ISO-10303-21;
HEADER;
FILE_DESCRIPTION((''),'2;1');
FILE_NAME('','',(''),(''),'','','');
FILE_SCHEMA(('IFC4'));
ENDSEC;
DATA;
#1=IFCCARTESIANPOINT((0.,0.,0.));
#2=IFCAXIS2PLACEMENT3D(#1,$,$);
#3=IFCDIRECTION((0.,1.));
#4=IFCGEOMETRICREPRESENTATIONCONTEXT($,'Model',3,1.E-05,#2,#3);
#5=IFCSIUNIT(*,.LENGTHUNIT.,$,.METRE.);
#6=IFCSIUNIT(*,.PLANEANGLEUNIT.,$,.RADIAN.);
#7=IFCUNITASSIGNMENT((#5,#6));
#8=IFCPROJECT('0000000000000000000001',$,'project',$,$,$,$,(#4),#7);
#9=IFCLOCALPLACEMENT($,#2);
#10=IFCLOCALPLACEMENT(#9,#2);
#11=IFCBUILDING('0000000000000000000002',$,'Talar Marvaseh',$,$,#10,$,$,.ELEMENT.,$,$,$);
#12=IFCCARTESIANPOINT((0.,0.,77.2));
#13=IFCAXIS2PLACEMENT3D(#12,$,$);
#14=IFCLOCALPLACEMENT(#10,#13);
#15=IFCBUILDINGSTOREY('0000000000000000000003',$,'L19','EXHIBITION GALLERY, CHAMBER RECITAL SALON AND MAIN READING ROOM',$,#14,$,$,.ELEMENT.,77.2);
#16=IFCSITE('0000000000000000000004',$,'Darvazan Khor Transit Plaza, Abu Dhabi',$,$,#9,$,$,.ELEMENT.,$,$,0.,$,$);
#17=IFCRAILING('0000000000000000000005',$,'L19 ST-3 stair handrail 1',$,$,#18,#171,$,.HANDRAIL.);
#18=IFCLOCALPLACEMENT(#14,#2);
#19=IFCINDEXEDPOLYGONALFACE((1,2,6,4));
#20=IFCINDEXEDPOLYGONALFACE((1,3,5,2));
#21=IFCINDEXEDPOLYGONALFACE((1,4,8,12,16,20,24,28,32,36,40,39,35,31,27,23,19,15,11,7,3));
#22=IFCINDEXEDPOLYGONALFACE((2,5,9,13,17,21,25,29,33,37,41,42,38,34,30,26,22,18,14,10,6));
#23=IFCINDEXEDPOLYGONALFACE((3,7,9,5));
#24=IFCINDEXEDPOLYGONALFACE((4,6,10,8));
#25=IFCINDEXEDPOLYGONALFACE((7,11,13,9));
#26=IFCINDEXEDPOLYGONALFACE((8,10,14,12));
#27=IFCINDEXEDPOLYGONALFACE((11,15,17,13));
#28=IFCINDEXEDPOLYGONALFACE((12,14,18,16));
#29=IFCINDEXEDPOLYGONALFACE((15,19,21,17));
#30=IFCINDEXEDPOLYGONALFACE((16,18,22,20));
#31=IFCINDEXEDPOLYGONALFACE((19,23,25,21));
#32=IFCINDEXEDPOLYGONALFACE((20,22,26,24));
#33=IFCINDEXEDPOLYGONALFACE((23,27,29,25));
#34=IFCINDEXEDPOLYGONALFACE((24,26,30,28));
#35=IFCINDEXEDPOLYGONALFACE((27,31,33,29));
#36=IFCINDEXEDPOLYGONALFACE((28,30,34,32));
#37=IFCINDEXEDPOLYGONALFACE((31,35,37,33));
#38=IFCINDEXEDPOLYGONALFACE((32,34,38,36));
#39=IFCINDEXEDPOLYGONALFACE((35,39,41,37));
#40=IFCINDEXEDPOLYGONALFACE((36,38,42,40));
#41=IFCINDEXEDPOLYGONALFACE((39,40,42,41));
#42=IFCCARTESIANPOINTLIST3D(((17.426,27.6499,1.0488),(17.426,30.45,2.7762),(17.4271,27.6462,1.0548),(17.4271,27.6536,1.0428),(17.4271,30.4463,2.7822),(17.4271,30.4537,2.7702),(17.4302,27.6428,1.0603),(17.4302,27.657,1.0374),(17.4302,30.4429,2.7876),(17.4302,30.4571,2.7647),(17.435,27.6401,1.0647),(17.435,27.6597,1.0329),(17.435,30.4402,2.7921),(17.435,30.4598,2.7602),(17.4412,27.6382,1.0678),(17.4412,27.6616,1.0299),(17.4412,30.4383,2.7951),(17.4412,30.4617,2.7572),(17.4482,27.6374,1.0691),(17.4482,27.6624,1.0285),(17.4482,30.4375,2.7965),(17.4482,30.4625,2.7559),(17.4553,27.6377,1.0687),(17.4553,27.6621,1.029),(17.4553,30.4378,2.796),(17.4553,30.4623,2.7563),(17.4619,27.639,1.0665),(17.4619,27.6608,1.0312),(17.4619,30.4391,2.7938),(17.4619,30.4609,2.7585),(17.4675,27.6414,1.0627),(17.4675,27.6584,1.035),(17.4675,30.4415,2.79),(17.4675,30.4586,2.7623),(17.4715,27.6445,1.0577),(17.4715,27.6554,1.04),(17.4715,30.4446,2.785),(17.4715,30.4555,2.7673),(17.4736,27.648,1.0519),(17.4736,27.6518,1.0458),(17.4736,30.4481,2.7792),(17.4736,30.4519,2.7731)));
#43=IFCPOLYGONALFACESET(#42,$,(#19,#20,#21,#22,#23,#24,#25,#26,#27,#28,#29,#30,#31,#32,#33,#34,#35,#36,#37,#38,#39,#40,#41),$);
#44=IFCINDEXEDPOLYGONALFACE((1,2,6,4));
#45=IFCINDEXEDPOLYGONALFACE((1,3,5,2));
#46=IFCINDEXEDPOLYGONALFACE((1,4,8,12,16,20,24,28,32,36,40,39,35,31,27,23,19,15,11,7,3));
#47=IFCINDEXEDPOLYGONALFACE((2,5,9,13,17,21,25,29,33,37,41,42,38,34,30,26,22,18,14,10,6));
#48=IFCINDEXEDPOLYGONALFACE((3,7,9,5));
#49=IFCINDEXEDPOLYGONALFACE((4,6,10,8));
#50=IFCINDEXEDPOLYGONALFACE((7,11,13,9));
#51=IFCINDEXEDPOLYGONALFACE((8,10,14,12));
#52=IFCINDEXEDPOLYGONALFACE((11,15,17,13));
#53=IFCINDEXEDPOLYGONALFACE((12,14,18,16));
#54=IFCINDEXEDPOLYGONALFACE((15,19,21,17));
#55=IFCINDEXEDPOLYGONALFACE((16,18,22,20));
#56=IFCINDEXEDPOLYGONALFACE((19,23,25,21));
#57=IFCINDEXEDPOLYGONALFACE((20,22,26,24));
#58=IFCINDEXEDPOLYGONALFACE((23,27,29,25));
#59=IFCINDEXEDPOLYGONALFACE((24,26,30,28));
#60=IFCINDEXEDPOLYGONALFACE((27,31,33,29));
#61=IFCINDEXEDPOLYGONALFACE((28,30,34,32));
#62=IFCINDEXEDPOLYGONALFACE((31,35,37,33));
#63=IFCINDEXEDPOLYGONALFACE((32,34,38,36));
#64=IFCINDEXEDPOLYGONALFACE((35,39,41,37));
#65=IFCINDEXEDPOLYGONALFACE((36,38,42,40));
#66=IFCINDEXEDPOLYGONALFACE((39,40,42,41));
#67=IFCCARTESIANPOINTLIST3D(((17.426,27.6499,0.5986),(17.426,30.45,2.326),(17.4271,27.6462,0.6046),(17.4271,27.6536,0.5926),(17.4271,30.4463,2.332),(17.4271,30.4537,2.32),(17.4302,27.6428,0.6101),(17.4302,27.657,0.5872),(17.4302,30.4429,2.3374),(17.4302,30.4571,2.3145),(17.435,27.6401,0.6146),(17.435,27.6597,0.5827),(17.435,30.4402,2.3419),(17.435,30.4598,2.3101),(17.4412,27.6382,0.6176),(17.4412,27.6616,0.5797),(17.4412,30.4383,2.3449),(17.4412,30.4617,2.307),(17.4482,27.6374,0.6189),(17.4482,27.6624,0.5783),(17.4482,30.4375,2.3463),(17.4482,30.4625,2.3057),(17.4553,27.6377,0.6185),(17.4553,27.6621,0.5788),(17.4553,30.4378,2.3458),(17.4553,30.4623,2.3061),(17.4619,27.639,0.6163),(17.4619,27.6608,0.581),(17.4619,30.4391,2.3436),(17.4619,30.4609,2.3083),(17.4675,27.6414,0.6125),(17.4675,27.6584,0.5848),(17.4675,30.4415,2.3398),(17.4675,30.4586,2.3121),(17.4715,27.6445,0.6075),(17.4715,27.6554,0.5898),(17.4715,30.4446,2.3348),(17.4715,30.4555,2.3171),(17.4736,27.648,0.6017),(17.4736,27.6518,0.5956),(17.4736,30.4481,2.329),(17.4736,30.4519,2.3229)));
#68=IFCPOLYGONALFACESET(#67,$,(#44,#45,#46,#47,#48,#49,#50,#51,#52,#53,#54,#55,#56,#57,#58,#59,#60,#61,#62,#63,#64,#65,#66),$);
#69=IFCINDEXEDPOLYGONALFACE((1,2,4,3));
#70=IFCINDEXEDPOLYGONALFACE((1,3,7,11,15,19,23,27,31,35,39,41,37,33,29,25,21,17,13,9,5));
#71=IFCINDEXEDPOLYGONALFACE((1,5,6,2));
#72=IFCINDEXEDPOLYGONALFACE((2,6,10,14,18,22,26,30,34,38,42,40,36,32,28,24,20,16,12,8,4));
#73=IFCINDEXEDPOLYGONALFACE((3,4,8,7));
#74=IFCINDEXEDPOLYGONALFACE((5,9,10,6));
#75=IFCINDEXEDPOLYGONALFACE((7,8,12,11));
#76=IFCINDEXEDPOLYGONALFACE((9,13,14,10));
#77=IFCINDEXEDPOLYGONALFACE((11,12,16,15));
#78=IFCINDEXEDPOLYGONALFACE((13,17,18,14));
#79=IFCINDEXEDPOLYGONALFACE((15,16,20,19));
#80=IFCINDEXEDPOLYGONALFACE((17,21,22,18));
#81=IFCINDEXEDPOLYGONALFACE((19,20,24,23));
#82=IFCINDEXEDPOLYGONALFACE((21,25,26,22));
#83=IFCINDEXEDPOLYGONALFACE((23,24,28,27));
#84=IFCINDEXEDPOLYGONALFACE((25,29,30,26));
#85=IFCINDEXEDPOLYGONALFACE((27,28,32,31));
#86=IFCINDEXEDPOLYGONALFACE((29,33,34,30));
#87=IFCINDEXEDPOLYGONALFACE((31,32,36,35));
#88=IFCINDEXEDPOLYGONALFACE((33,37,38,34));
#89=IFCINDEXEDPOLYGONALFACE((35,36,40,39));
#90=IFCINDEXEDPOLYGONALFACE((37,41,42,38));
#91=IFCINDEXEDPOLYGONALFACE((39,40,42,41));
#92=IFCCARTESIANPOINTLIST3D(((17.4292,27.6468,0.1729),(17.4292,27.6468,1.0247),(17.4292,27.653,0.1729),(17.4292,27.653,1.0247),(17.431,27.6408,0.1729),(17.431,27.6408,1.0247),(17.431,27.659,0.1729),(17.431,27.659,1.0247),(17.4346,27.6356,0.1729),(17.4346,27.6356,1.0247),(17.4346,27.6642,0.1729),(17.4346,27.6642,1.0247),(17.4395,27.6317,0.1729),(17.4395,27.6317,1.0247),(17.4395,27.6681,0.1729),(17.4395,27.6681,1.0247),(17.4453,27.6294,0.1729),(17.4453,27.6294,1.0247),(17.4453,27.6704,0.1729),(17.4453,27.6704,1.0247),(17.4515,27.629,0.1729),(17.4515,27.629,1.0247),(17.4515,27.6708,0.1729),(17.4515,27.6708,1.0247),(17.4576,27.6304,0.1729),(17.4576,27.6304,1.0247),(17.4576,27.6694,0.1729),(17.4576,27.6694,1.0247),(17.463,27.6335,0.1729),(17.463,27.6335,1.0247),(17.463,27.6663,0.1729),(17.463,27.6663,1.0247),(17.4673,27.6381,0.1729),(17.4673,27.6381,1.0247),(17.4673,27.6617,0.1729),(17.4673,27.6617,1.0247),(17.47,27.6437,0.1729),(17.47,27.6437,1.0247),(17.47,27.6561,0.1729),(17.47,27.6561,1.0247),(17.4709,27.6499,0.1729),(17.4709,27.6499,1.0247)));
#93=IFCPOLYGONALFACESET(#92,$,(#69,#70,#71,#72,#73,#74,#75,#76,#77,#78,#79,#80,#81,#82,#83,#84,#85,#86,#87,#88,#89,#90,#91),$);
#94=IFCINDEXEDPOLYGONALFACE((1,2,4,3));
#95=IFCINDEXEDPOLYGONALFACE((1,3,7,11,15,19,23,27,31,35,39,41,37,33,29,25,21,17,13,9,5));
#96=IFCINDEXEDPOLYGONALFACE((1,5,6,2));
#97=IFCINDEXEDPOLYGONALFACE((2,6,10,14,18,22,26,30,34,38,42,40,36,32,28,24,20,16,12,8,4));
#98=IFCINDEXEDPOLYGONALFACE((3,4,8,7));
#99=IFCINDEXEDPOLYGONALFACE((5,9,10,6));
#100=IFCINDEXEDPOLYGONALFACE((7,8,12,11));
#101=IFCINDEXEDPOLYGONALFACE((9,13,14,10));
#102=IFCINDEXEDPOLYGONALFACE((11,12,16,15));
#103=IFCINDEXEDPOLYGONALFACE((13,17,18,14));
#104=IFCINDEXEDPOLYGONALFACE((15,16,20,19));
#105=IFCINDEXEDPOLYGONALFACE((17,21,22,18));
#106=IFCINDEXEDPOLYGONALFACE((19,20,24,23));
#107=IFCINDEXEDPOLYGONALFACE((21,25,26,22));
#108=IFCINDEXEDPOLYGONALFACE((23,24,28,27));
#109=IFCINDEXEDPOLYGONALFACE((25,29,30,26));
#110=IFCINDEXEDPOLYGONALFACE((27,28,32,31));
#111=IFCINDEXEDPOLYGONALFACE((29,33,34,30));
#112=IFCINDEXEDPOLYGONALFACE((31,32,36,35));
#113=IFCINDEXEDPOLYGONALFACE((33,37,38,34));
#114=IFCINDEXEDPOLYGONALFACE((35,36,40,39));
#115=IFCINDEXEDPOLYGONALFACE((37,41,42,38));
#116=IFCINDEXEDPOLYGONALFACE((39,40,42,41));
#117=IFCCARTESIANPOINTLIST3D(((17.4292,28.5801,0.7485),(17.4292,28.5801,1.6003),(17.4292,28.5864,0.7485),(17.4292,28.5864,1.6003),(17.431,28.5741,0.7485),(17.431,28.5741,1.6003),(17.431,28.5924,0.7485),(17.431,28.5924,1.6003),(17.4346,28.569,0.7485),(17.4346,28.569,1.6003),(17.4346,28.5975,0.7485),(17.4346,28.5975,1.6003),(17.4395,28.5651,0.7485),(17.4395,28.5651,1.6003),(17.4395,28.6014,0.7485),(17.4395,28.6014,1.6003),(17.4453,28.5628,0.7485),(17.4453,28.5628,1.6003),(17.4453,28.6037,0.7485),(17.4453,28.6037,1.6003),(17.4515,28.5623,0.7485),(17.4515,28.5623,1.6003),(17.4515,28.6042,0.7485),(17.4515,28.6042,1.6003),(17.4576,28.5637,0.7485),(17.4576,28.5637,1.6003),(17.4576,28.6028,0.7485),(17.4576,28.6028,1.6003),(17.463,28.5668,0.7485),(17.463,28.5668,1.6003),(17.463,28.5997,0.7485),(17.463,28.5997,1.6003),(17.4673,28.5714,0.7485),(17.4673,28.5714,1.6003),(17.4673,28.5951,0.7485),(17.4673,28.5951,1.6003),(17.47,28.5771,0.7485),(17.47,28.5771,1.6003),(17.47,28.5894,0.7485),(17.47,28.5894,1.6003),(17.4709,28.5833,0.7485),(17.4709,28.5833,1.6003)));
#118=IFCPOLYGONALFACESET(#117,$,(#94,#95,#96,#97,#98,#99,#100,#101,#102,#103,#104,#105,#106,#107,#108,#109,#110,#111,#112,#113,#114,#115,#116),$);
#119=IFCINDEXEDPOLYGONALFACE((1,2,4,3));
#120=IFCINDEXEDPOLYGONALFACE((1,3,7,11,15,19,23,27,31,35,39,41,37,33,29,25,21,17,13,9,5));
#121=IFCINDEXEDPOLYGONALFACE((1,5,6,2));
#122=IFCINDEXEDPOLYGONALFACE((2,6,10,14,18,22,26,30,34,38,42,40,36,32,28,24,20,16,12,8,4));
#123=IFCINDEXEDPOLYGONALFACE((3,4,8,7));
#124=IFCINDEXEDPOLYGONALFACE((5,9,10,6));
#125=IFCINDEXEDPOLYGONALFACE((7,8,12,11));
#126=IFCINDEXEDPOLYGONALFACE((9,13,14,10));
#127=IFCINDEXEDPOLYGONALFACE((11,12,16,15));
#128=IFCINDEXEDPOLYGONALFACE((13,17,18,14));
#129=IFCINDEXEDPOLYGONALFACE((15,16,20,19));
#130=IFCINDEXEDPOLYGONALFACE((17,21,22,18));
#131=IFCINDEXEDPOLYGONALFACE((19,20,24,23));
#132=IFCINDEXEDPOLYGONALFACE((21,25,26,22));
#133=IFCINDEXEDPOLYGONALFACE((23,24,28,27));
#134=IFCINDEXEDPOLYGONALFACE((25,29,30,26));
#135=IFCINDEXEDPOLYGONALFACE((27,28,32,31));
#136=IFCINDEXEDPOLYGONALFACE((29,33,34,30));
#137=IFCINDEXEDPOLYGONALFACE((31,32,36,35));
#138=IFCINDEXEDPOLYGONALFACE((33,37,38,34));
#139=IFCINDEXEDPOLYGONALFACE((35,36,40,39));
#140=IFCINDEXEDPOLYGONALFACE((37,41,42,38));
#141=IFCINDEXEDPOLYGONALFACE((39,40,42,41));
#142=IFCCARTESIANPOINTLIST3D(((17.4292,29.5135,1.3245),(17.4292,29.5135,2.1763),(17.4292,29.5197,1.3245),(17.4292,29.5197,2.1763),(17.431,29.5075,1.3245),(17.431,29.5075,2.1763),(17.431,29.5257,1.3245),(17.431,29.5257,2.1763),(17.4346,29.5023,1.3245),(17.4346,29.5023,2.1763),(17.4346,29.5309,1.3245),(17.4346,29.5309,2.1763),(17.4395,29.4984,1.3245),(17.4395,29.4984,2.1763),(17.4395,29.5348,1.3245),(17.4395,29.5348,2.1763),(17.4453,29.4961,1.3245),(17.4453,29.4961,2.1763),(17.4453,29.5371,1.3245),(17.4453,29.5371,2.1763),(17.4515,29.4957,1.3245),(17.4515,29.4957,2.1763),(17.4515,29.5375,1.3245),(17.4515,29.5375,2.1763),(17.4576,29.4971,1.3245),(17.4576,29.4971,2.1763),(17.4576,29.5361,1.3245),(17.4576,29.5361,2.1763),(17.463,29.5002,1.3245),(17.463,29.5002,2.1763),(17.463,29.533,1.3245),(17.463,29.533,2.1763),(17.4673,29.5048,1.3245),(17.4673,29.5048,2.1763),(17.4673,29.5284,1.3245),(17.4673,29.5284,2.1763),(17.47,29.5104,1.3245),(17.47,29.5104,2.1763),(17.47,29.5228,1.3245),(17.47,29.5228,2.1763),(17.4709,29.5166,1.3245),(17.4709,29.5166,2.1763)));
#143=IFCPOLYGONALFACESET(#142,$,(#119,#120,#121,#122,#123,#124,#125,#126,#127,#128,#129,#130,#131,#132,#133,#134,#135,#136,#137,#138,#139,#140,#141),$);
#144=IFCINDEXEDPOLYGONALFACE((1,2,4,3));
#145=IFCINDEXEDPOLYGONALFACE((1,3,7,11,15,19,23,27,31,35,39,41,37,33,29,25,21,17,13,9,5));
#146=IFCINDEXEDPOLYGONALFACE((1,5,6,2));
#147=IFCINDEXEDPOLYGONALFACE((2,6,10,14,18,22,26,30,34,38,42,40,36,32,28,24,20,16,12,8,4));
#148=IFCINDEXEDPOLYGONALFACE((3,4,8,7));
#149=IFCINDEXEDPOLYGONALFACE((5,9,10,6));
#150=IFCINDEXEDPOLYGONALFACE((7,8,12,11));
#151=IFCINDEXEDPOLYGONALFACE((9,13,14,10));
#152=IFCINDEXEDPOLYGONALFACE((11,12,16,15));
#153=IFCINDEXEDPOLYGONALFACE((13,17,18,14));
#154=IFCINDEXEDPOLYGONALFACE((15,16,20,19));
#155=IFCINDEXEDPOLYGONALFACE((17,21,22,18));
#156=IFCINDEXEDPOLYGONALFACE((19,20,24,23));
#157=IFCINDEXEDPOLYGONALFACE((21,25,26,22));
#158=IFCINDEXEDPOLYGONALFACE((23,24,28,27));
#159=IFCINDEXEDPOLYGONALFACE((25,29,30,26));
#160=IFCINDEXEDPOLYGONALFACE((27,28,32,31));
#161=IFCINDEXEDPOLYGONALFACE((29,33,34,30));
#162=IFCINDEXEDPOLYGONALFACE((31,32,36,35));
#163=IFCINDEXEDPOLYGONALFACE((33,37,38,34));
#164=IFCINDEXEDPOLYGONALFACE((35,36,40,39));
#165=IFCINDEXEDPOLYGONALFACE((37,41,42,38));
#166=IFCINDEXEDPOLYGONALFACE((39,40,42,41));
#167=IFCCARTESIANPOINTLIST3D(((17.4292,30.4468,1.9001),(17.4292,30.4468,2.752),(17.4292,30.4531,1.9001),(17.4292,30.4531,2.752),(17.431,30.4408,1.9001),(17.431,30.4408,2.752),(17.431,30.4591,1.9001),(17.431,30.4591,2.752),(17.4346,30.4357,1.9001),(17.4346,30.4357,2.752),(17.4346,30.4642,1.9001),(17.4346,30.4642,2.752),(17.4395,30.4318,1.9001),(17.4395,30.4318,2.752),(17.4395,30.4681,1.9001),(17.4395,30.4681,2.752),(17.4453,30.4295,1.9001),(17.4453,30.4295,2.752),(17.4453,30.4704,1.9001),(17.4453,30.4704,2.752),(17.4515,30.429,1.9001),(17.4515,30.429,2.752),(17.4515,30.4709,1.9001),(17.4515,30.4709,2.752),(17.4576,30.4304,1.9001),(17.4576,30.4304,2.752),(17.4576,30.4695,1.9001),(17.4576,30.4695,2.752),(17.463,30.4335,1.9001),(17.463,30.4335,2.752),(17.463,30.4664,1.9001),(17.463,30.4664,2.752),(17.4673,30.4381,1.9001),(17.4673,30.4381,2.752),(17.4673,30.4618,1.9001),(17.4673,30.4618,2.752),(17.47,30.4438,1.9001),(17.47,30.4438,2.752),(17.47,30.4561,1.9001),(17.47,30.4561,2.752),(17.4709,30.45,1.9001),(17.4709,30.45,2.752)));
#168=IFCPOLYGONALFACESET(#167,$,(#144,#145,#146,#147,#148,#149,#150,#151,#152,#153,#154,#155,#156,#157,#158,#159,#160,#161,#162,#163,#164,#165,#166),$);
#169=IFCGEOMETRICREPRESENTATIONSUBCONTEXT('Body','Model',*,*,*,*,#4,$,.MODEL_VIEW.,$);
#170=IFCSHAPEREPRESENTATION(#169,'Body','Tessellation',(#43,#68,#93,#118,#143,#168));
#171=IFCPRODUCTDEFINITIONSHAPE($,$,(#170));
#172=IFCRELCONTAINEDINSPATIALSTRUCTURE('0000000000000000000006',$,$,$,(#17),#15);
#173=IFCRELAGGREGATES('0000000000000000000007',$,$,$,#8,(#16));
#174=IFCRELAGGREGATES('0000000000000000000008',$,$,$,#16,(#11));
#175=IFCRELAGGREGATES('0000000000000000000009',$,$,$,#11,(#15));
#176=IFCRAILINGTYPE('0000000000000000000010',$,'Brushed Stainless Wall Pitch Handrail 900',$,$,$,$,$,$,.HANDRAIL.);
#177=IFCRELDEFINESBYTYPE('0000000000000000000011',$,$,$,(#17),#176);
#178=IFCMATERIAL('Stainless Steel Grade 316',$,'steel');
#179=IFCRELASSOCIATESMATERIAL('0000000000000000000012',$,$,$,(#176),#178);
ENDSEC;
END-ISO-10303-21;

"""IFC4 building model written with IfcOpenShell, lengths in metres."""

from ifc_helpers import new_model, si_unit, direction, frame, origin, origin_2d, place, context, subcontext, project, spatial, circle, extrude, material, type_object, element, save


model = new_model("IFC4")

# Units and contexts
model_context = context("Model", 3, precision=1e-05, world=origin(), true_north=direction((0.0, 1.0)))
body_context = subcontext(model_context, "Body", "Model", "MODEL_VIEW")
ifc_project = project(units=[si_unit("LENGTHUNIT", "METRE"), si_unit("PLANEANGLEUNIT", "RADIAN")], contexts=[model_context])

# Site, building, storey
site_placement = place(None, origin())
site = spatial("IfcSite", under=ifc_project, at=site_placement, Name="Darvazan Khor Transit Plaza, Abu Dhabi", CompositionType="ELEMENT", RefElevation=0.0)
building_placement = place(site_placement, origin())
building = spatial("IfcBuilding", under=site, at=building_placement, Name="Talar Marvaseh", CompositionType="ELEMENT")
storey_placement = place(building_placement, frame((0.0, 0.0, 77.2)))
storey = spatial("IfcBuildingStorey", under=building, at=storey_placement, Name="L19", Description="EXHIBITION GALLERY, CHAMBER RECITAL SALON AND MAIN READING ROOM", CompositionType="ELEMENT", Elevation=77.2)

# Railing
ifc_material_1 = material(Name="Stainless Steel Grade 316", Category="steel")
railing_type_1 = type_object("IfcRailingType", Name="Brushed Stainless Wall Pitch Handrail 900", PredefinedType="HANDRAIL", material=ifc_material_1)
railing_1_placement = place(storey_placement, frame((17.45, 27.6499, 0.1729)))
element("IfcRailing", 1, at=railing_1_placement, inside=storey, type_object=railing_type_1, Name="L19 ST-3 stair handrail 1", PredefinedType="HANDRAIL", context=body_context, shape_type="SweptSolid", body=[
    extrude(circle(Radius=0.0239, at=origin_2d()), frame((0.0, 0.0, 0.876), z_axis=(0.0, 0.85109, 0.52502), x_axis=(-1.0, 0.0, 0.0)), (0.0, 0.0, 1.0), 3.29),
    extrude(circle(Radius=0.0239, at=origin_2d()), frame((0.0, 0.0, 0.4258), z_axis=(0.0, 0.85109, 0.52502), x_axis=(-1.0, 0.0, 0.0)), (0.0, 0.0, 1.0), 3.29),
    extrude(circle(Radius=0.021, at=origin_2d()), origin(), (0.0, 0.0, 1.0), 0.8518),
    extrude(circle(Radius=0.021, at=origin_2d()), frame((0.0, 0.9333, 0.5757)), (0.0, 0.0, 1.0), 0.8518),
    extrude(circle(Radius=0.021, at=origin_2d()), frame((0.0, 1.8667, 1.1516)), (0.0, 0.0, 1.0), 0.8518),
    extrude(circle(Radius=0.021, at=origin_2d()), frame((0.0, 2.8, 1.7273)), (0.0, 0.0, 1.0), 0.8518),
])

save(model, "model.ifc")
